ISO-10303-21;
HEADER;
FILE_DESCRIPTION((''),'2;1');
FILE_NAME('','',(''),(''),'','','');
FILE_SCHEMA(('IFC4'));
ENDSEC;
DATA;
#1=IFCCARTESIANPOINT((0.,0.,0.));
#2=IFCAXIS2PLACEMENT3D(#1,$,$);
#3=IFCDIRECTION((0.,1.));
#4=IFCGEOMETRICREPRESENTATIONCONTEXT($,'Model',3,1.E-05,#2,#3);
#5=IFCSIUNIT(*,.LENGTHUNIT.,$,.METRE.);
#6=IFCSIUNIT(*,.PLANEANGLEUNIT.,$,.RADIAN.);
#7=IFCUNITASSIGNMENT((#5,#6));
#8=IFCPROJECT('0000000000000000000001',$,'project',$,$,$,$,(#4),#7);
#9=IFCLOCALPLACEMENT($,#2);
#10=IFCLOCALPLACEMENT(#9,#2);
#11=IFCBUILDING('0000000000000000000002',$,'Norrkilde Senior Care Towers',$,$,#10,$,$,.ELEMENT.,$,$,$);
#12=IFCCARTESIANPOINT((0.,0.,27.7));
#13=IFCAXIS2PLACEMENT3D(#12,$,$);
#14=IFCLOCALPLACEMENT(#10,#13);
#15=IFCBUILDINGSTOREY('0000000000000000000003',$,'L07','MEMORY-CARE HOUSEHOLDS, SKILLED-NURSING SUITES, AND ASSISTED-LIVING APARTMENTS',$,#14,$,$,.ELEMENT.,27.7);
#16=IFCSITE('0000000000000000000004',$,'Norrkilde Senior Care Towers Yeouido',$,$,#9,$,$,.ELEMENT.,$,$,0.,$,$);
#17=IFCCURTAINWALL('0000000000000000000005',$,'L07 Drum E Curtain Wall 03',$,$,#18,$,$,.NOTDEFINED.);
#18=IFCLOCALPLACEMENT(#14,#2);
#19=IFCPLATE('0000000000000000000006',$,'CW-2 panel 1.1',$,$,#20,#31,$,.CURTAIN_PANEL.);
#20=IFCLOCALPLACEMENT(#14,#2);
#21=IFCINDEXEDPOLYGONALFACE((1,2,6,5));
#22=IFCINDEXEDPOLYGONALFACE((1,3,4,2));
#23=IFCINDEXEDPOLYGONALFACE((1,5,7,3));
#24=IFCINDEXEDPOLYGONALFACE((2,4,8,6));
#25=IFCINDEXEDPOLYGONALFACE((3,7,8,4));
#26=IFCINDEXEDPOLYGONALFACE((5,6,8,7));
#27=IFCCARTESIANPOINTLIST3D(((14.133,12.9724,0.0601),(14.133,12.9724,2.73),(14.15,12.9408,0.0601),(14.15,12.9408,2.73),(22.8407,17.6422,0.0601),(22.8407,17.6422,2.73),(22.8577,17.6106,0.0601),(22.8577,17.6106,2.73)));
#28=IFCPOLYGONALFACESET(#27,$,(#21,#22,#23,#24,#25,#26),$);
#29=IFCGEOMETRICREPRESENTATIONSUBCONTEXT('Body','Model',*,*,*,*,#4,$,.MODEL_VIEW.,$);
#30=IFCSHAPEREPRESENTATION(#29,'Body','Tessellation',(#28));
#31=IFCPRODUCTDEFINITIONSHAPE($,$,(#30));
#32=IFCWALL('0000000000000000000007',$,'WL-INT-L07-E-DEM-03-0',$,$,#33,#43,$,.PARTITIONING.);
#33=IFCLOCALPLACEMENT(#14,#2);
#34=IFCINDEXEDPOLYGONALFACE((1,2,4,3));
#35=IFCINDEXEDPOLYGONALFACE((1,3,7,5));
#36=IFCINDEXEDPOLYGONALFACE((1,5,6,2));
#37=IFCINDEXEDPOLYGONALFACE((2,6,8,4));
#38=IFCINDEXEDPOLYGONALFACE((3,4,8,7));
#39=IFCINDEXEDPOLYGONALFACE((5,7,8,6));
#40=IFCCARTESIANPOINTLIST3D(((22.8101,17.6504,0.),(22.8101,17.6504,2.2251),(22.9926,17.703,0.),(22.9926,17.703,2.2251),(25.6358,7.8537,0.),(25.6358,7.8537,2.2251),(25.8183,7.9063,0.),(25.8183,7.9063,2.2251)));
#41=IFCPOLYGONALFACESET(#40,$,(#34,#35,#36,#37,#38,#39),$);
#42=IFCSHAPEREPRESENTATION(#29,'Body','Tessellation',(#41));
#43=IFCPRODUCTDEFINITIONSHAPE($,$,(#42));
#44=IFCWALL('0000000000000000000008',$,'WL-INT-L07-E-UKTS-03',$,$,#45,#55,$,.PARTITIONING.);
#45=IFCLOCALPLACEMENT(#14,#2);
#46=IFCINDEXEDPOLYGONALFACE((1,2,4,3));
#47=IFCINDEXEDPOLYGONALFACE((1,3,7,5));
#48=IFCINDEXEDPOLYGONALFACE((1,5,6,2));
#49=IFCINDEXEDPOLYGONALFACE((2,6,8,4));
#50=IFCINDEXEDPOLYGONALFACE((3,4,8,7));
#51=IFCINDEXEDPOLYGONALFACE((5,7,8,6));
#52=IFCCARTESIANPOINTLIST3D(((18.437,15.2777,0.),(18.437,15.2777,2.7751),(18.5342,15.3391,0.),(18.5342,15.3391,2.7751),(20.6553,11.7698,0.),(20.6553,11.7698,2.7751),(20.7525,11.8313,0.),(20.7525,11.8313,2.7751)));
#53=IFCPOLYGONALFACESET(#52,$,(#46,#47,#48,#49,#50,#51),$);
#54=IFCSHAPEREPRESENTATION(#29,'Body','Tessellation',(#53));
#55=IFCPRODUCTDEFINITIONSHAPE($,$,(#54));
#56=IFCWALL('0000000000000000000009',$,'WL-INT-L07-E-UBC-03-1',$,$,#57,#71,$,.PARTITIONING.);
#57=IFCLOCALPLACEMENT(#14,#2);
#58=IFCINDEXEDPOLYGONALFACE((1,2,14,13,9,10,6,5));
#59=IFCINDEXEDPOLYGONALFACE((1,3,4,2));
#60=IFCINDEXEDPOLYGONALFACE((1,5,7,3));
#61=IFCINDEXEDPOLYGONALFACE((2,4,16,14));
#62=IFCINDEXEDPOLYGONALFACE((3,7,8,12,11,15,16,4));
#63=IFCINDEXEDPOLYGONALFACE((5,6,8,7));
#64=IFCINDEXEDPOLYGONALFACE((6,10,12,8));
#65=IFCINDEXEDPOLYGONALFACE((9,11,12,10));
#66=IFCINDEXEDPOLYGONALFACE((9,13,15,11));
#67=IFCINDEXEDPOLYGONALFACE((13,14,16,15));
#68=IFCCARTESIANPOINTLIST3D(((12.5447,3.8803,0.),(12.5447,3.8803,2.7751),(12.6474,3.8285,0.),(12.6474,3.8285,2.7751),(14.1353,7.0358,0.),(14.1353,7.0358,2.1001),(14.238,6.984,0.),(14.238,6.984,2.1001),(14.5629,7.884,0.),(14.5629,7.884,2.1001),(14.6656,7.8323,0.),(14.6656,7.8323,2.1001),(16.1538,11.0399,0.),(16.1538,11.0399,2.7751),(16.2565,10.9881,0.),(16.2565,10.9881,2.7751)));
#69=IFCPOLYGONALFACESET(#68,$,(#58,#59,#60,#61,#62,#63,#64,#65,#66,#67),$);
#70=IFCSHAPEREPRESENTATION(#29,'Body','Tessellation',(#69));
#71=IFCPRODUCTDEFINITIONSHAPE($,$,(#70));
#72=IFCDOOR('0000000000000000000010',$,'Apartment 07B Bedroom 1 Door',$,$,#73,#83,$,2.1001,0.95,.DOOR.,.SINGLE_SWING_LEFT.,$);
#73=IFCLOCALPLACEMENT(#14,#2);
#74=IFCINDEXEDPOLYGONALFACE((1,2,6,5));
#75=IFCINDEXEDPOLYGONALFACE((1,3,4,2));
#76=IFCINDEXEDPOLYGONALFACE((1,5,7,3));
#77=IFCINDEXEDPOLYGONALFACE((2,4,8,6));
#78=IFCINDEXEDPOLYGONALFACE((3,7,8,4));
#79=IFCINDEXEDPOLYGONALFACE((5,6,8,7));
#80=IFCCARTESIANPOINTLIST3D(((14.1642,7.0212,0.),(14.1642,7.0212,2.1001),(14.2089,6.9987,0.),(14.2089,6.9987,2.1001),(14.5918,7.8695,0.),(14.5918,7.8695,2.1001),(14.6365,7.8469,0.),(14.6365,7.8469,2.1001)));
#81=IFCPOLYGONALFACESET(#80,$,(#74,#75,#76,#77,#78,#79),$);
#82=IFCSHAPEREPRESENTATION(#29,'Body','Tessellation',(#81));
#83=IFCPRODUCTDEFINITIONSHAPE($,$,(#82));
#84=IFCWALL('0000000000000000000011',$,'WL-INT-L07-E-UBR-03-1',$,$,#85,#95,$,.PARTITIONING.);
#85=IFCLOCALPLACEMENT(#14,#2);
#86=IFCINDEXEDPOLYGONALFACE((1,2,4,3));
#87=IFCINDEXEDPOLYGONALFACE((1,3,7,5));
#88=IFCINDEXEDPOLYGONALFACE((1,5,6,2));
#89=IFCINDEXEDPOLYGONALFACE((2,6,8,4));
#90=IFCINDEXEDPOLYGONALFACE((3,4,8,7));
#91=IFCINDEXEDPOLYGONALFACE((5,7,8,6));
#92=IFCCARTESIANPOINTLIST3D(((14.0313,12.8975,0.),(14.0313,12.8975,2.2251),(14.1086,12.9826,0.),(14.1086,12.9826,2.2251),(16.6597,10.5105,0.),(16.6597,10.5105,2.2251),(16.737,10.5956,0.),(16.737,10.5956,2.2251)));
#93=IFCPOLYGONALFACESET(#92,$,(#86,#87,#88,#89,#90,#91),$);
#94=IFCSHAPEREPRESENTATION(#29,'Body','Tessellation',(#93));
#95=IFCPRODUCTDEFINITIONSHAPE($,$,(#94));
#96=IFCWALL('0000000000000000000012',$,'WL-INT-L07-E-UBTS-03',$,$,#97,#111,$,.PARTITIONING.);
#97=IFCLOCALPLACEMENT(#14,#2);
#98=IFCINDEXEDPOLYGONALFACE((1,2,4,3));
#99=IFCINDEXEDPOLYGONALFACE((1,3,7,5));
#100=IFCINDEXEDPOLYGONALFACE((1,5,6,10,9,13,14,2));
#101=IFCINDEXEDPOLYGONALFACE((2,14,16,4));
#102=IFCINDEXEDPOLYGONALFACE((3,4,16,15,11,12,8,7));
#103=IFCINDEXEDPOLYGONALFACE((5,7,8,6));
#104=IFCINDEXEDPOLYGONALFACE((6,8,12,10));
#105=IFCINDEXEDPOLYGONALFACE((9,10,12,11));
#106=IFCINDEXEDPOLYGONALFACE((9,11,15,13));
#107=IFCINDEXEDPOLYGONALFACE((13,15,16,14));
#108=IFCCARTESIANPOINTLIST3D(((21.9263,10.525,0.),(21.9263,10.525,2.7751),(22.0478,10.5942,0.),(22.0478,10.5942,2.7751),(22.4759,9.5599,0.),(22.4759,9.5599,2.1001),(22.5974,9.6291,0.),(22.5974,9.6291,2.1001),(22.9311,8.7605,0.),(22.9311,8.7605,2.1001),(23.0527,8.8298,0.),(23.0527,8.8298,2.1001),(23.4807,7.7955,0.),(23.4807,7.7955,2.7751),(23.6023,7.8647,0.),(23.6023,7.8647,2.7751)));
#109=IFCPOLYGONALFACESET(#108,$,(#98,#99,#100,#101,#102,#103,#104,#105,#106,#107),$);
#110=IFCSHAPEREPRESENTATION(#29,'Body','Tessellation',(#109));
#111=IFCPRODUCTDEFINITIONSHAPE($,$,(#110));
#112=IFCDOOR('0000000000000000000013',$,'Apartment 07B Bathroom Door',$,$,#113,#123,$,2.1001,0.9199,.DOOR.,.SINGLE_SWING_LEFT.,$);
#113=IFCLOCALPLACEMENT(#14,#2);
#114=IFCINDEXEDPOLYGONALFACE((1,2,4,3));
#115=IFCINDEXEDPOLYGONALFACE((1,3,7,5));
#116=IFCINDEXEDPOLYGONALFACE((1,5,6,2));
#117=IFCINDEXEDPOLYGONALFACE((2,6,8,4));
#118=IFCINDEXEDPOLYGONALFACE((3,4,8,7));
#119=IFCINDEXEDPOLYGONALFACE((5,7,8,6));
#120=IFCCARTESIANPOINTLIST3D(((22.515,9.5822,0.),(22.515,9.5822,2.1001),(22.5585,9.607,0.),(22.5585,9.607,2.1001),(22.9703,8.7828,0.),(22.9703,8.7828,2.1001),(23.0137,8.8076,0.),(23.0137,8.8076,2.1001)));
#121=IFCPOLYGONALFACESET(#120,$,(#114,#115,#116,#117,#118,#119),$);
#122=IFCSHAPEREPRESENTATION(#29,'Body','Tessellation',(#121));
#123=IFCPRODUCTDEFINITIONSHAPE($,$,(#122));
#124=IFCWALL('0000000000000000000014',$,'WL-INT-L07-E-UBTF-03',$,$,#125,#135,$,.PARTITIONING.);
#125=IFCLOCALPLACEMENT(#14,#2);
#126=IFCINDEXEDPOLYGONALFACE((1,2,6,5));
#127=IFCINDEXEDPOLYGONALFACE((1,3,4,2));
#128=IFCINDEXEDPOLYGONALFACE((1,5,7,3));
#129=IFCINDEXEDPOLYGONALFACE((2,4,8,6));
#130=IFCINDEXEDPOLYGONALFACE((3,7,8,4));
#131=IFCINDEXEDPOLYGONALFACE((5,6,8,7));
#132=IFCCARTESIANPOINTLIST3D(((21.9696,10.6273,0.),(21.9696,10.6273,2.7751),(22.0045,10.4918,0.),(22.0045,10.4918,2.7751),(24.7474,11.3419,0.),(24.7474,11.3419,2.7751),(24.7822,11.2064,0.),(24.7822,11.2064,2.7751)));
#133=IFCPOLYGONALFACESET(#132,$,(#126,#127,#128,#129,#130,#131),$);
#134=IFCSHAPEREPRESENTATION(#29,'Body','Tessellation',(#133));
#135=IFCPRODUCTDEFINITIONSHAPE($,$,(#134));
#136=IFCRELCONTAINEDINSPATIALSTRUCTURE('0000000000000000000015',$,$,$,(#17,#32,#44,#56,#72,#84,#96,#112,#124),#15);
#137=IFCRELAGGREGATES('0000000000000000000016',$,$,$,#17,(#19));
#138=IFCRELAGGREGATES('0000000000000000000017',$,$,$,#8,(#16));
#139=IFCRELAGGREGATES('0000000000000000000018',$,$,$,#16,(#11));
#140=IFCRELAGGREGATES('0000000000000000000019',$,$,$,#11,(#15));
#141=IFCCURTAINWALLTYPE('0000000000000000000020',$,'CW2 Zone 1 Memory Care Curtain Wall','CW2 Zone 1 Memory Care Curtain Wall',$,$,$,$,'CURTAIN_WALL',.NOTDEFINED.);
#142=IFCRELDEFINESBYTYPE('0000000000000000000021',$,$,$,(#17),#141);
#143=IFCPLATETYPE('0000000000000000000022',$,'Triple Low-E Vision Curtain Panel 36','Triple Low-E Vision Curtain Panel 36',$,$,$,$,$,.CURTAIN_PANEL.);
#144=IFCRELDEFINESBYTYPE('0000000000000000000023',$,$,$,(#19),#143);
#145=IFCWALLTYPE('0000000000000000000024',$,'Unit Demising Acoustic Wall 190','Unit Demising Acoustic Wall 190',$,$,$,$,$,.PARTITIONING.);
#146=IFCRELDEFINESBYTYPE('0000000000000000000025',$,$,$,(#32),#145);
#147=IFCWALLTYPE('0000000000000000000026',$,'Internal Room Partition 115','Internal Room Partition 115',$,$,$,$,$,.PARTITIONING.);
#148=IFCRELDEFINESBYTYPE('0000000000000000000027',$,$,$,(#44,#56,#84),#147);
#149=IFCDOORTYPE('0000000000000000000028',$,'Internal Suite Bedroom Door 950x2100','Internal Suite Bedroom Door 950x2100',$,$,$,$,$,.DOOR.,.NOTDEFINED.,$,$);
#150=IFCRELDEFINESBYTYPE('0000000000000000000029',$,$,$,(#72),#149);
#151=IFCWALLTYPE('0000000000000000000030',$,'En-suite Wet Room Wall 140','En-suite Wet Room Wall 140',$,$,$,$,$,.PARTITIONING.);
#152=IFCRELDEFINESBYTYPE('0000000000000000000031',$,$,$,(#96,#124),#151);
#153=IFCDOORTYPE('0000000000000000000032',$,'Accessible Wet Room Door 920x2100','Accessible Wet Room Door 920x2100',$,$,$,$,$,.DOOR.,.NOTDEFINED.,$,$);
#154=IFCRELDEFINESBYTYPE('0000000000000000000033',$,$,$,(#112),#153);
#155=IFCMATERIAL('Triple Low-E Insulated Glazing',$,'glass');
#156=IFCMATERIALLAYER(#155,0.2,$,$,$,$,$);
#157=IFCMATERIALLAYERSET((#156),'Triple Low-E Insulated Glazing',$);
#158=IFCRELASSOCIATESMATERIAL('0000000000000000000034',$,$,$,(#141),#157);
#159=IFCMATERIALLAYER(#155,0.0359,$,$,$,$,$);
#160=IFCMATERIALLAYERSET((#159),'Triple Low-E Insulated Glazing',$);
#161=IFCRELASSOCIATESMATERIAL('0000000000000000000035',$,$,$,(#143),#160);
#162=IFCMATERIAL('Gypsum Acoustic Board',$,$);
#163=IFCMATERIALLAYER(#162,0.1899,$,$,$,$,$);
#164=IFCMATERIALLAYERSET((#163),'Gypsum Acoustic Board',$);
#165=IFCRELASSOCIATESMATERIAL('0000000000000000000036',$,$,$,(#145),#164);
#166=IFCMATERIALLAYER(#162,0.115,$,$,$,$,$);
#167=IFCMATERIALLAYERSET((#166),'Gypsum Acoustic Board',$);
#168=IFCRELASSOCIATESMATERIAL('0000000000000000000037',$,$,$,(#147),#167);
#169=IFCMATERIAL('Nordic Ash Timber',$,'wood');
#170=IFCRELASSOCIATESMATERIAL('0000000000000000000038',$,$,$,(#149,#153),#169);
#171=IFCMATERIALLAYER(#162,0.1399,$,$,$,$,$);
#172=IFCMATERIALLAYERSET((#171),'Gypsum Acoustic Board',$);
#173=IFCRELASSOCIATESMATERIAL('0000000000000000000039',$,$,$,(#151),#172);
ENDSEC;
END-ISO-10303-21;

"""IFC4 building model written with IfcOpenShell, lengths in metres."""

from ifc_helpers import new_model, si_unit, direction, frame, frame_2d, origin, origin_2d, place, context, subcontext, project, spatial, rectangle, extrude, source, transform, mapped, material, layer, layer_set, type_object, type_shapes, element, fill, aggregate, save


model = new_model("IFC4")

# Units and contexts
model_context = context("Model", 3, precision=1e-05, world=origin(), true_north=direction((0.0, 1.0)))
body_context = subcontext(model_context, "Body", "Model", "MODEL_VIEW")
ifc_project = project(units=[si_unit("LENGTHUNIT", "METRE"), si_unit("PLANEANGLEUNIT", "RADIAN")], contexts=[model_context])

# Site, building, storey
site_placement = place(None, origin())
site = spatial("IfcSite", under=ifc_project, at=site_placement, Name="Norrkilde Senior Care Towers Yeouido", CompositionType="ELEMENT", RefElevation=0.0)
building_placement = place(site_placement, origin())
building = spatial("IfcBuilding", under=site, at=building_placement, Name="Norrkilde Senior Care Towers", CompositionType="ELEMENT")
storey_placement = place(building_placement, frame((0.0, 0.0, 27.7)))
storey = spatial("IfcBuildingStorey", under=building, at=storey_placement, Name="L07", Description="MEMORY-CARE HOUSEHOLDS, SKILLED-NURSING SUITES, AND ASSISTED-LIVING APARTMENTS", CompositionType="ELEMENT", Elevation=27.7)

# Shared definitions
ifc_material_1 = material(Name="Triple Low-E Insulated Glazing", Category="glass")
ifc_layer_1 = layer(ifc_material_1, 0.2)
ifc_layer_set_1 = layer_set([ifc_layer_1], Name="Triple Low-E Insulated Glazing")
curtain_wall_type = type_object("IfcCurtainWallType", Name="CW2 Zone 1 Memory Care Curtain Wall", Description="CW2 Zone 1 Memory Care Curtain Wall", ElementType="CURTAIN_WALL", PredefinedType="NOTDEFINED", material=ifc_layer_set_1)

# Curtain wall
curtain_wall_1_placement = place(storey_placement, origin())
curtain_wall_1 = element("IfcCurtainWall", 1, at=curtain_wall_1_placement, inside=storey, type_object=curtain_wall_type, Name="L07 Drum E Curtain Wall 03", PredefinedType="NOTDEFINED")

# Plate
ifc_layer_2 = layer(ifc_material_1, 0.0359)
ifc_layer_set_2 = layer_set([ifc_layer_2], Name="Triple Low-E Insulated Glazing")
plate_type = type_object("IfcPlateType", Name="Triple Low-E Vision Curtain Panel 36", Description="Triple Low-E Vision Curtain Panel 36", PredefinedType="CURTAIN_PANEL", material=ifc_layer_set_2)
shared_shape_1 = source(origin(), body_context, "Body", "SweptSolid", [
    extrude(rectangle(XDim=9.8809, YDim=0.0359, at=origin_2d()), origin(), (0.0, 0.0, 1.0), 2.6699),
])
plate_1_placement = place(storey_placement, frame((18.4954, 15.2915, 0.0601), z_axis=(0.0, 0.0, 1.0), x_axis=(0.881273, 0.472608, 0.0)))
plate_1 = element("IfcPlate", 2, at=plate_1_placement, type_object=plate_type, Name="CW-2 panel 1.1", PredefinedType="CURTAIN_PANEL", context=body_context, shape_type="MappedRepresentation", body=[
    mapped(shared_shape_1, transform((0.0, 0.0, 0.0), x_axis=(1.0, 0.0, 0.0), y_axis=(0.0, 1.0, 0.0), z_axis=(0.0, 0.0, 1.0), scale=1.0)),
])
aggregate(curtain_wall_1, [plate_1])

# Walls
ifc_material_2 = material(Name="Gypsum Acoustic Board")
ifc_layer_3 = layer(ifc_material_2, 0.1899)
ifc_layer_set_3 = layer_set([ifc_layer_3], Name="Gypsum Acoustic Board")
wall_type_1 = type_object("IfcWallType", Name="Unit Demising Acoustic Wall 190", Description="Unit Demising Acoustic Wall 190", PredefinedType="PARTITIONING", material=ifc_layer_set_3)
shared_shape_2 = source(origin(), body_context, "Body", "SweptSolid", [
    extrude(rectangle(XDim=10.196, YDim=0.1899, at=frame_2d((5.0981, 0.0))), origin(), (0.0, 0.0, 1.0), 2.2251),
])
type_shapes(wall_type_1, [shared_shape_2])
wall_1_placement = place(storey_placement, frame((25.7271, 7.8799, 0.0), z_axis=(0.0, 0.0, 1.0), x_axis=(-0.277136, 0.960831, 0.0)))
element("IfcWall", 3, at=wall_1_placement, inside=storey, type_object=wall_type_1, Name="WL-INT-L07-E-DEM-03-0", PredefinedType="PARTITIONING", context=body_context, shape_type="MappedRepresentation", body=[
    mapped(shared_shape_2, transform((0.0, 0.0, 0.0), x_axis=(1.0, 0.0, 0.0), y_axis=(0.0, 1.0, 0.0), z_axis=(0.0, 0.0, 1.0), scale=1.0)),
])
ifc_layer_4 = layer(ifc_material_2, 0.115)
ifc_layer_set_4 = layer_set([ifc_layer_4], Name="Gypsum Acoustic Board")
wall_type_2 = type_object("IfcWallType", Name="Internal Room Partition 115", Description="Internal Room Partition 115", PredefinedType="PARTITIONING", material=ifc_layer_set_4)
shared_shape_3 = source(origin(), body_context, "Body", "SweptSolid", [
    extrude(rectangle(XDim=4.1504, YDim=0.115, at=frame_2d((2.0752, 0.0))), origin(), (0.0, 0.0, 1.0), 2.7751),
])
wall_2_placement = place(storey_placement, frame((20.7039, 11.8005, 0.0), z_axis=(0.0, 0.0, 1.0), x_axis=(-0.534475, 0.845184, 0.0)))
element("IfcWall", 4, at=wall_2_placement, inside=storey, type_object=wall_type_2, Name="WL-INT-L07-E-UKTS-03", PredefinedType="PARTITIONING", context=body_context, shape_type="MappedRepresentation", body=[
    mapped(shared_shape_3, transform((0.0, 0.0, 0.0), x_axis=(1.0, 0.0, 0.0), y_axis=(0.0, 1.0, 0.0), z_axis=(0.0, 0.0, 1.0), scale=1.0)),
])

# Wall, opening, door
shared_shape_4 = source(origin(), body_context, "Body", "SweptSolid", [
    extrude(rectangle(XDim=8.0178, YDim=0.115, at=frame_2d((4.0088, 0.0))), origin(), (0.0, 0.0, 1.0), 2.7751),
])
wall_3_placement = place(storey_placement, frame((16.2051, 11.0139, 0.0), z_axis=(0.0, 0.0, 1.0), x_axis=(-0.450134, -0.892961, 0.0)))
wall_3 = element("IfcWall", 5, at=wall_3_placement, inside=storey, type_object=wall_type_2, Name="WL-INT-L07-E-UBC-03-1", PredefinedType="PARTITIONING", context=body_context, shape_type="MappedRepresentation", body=[
    mapped(shared_shape_4, transform((0.0, 0.0, 0.0), x_axis=(1.0, 0.0, 0.0), y_axis=(0.0, 1.0, 0.0), z_axis=(0.0, 0.0, 1.0), scale=1.0)),
])
opening_1_placement = place(wall_3_placement, frame((3.5339, 0.0, 0.0)))
opening_1 = element("IfcOpeningElement", 6, at=opening_1_placement, cuts=wall_3, PredefinedType="OPENING", context=body_context, shape_type="SweptSolid", body=[
    extrude(rectangle(XDim=0.95, YDim=2.1001, at=frame_2d((0.4751, 1.05))), frame((0.0, 0.0674, 0.0), z_axis=(0.0, -1.0, 0.0), x_axis=(1.0, 0.0, 0.0)), (0.0, 0.0, 1.0), 0.135),
])
ifc_material_3 = material(Name="Nordic Ash Timber", Category="wood")
door_type_1 = type_object("IfcDoorType", Name="Internal Suite Bedroom Door 950x2100", Description="Internal Suite Bedroom Door 950x2100", OperationType="NOTDEFINED", PredefinedType="DOOR", material=ifc_material_3)
shared_shape_5 = source(origin(), body_context, "Body", "SweptSolid", [
    extrude(rectangle(XDim=0.95, YDim=2.1001, at=frame_2d((0.4751, 1.05))), frame((0.0, 0.0249, 0.0), z_axis=(0.0, -1.0, 0.0), x_axis=(1.0, 0.0, 0.0)), (0.0, 0.0, 1.0), 0.05),
])
type_shapes(door_type_1, [shared_shape_5])
door_1_placement = place(opening_1_placement, origin())
door_1 = element("IfcDoor", 7, at=door_1_placement, inside=storey, type_object=door_type_1, Name="Apartment 07B Bedroom 1 Door", OperationType="SINGLE_SWING_LEFT", OverallHeight=2.1001, OverallWidth=0.95, PredefinedType="DOOR", context=body_context, shape_type="MappedRepresentation", body=[
    mapped(shared_shape_5, transform((0.0, 0.0, 0.0), x_axis=(1.0, 0.0, 0.0), y_axis=(0.0, 1.0, 0.0), z_axis=(0.0, 0.0, 1.0), scale=1.0)),
])
fill(opening_1, door_1)

# Wall
shared_shape_6 = source(origin(), body_context, "Body", "SweptSolid", [
    extrude(rectangle(XDim=3.5505, YDim=0.115, at=frame_2d((1.7754, 0.0))), origin(), (0.0, 0.0, 1.0), 2.2251),
])
wall_4_placement = place(storey_placement, frame((16.6985, 10.553, 0.0), z_axis=(0.0, 0.0, 1.0), x_axis=(-0.740292, 0.672286, 0.0)))
element("IfcWall", 8, at=wall_4_placement, inside=storey, type_object=wall_type_2, Name="WL-INT-L07-E-UBR-03-1", PredefinedType="PARTITIONING", context=body_context, shape_type="MappedRepresentation", body=[
    mapped(shared_shape_6, transform((0.0, 0.0, 0.0), x_axis=(1.0, 0.0, 0.0), y_axis=(0.0, 1.0, 0.0), z_axis=(0.0, 0.0, 1.0), scale=1.0)),
])

# Wall, opening, door
ifc_layer_5 = layer(ifc_material_2, 0.1399)
ifc_layer_set_5 = layer_set([ifc_layer_5], Name="Gypsum Acoustic Board")
wall_type_3 = type_object("IfcWallType", Name="En-suite Wet Room Wall 140", Description="En-suite Wet Room Wall 140", PredefinedType="PARTITIONING", material=ifc_layer_set_5)
shared_shape_7 = source(origin(), body_context, "Body", "SweptSolid", [
    extrude(rectangle(XDim=3.1411, YDim=0.1399, at=frame_2d((1.5706, 0.0))), origin(), (0.0, 0.0, 1.0), 2.7751),
])
wall_5_placement = place(storey_placement, frame((23.5415, 7.8301, 0.0), z_axis=(0.0, 0.0, 1.0), x_axis=(-0.494874, 0.868964, 0.0)))
wall_5 = element("IfcWall", 9, at=wall_5_placement, inside=storey, type_object=wall_type_3, Name="WL-INT-L07-E-UBTS-03", PredefinedType="PARTITIONING", context=body_context, shape_type="MappedRepresentation", body=[
    mapped(shared_shape_7, transform((0.0, 0.0, 0.0), x_axis=(1.0, 0.0, 0.0), y_axis=(0.0, 1.0, 0.0), z_axis=(0.0, 0.0, 1.0), scale=1.0)),
])
opening_2_placement = place(wall_5_placement, frame((1.1106, 0.0, 0.0)))
opening_2 = element("IfcOpeningElement", 10, at=opening_2_placement, cuts=wall_5, PredefinedType="OPENING", context=body_context, shape_type="SweptSolid", body=[
    extrude(rectangle(XDim=0.9199, YDim=2.1001, at=frame_2d((0.46, 1.05))), frame((0.0, 0.0798, 0.0), z_axis=(0.0, -1.0, 0.0), x_axis=(1.0, 0.0, 0.0)), (0.0, 0.0, 1.0), 0.1599),
])
door_type_2 = type_object("IfcDoorType", Name="Accessible Wet Room Door 920x2100", Description="Accessible Wet Room Door 920x2100", OperationType="NOTDEFINED", PredefinedType="DOOR", material=ifc_material_3)
shared_shape_8 = source(origin(), body_context, "Body", "SweptSolid", [
    extrude(rectangle(XDim=0.9199, YDim=2.1001, at=frame_2d((0.46, 1.05))), frame((0.0, 0.0249, 0.0), z_axis=(0.0, -1.0, 0.0), x_axis=(1.0, 0.0, 0.0)), (0.0, 0.0, 1.0), 0.05),
])
type_shapes(door_type_2, [shared_shape_8])
door_2_placement = place(opening_2_placement, origin())
door_2 = element("IfcDoor", 11, at=door_2_placement, inside=storey, type_object=door_type_2, Name="Apartment 07B Bathroom Door", OperationType="SINGLE_SWING_LEFT", OverallHeight=2.1001, OverallWidth=0.9199, PredefinedType="DOOR", context=body_context, shape_type="MappedRepresentation", body=[
    mapped(shared_shape_8, transform((0.0, 0.0, 0.0), x_axis=(1.0, 0.0, 0.0), y_axis=(0.0, 1.0, 0.0), z_axis=(0.0, 0.0, 1.0), scale=1.0)),
])
fill(opening_2, door_2)

# Wall
shared_shape_9 = source(origin(), body_context, "Body", "SweptSolid", [
    extrude(rectangle(XDim=2.8682, YDim=0.1399, at=frame_2d((1.4341, 0.0))), origin(), (0.0, 0.0, 1.0), 2.7751),
])
type_shapes(wall_type_3, [shared_shape_7, shared_shape_9])
wall_6_placement = place(storey_placement, frame((21.9871, 10.5596, 0.0), z_axis=(0.0, 0.0, 1.0), x_axis=(0.968468, 0.249139, 0.0)))
element("IfcWall", 12, at=wall_6_placement, inside=storey, type_object=wall_type_3, Name="WL-INT-L07-E-UBTF-03", PredefinedType="PARTITIONING", context=body_context, shape_type="MappedRepresentation", body=[
    mapped(shared_shape_9, transform((0.0, 0.0, 0.0), x_axis=(1.0, 0.0, 0.0), y_axis=(0.0, 1.0, 0.0), z_axis=(0.0, 0.0, 1.0), scale=1.0)),
])

save(model, "model.ifc")
